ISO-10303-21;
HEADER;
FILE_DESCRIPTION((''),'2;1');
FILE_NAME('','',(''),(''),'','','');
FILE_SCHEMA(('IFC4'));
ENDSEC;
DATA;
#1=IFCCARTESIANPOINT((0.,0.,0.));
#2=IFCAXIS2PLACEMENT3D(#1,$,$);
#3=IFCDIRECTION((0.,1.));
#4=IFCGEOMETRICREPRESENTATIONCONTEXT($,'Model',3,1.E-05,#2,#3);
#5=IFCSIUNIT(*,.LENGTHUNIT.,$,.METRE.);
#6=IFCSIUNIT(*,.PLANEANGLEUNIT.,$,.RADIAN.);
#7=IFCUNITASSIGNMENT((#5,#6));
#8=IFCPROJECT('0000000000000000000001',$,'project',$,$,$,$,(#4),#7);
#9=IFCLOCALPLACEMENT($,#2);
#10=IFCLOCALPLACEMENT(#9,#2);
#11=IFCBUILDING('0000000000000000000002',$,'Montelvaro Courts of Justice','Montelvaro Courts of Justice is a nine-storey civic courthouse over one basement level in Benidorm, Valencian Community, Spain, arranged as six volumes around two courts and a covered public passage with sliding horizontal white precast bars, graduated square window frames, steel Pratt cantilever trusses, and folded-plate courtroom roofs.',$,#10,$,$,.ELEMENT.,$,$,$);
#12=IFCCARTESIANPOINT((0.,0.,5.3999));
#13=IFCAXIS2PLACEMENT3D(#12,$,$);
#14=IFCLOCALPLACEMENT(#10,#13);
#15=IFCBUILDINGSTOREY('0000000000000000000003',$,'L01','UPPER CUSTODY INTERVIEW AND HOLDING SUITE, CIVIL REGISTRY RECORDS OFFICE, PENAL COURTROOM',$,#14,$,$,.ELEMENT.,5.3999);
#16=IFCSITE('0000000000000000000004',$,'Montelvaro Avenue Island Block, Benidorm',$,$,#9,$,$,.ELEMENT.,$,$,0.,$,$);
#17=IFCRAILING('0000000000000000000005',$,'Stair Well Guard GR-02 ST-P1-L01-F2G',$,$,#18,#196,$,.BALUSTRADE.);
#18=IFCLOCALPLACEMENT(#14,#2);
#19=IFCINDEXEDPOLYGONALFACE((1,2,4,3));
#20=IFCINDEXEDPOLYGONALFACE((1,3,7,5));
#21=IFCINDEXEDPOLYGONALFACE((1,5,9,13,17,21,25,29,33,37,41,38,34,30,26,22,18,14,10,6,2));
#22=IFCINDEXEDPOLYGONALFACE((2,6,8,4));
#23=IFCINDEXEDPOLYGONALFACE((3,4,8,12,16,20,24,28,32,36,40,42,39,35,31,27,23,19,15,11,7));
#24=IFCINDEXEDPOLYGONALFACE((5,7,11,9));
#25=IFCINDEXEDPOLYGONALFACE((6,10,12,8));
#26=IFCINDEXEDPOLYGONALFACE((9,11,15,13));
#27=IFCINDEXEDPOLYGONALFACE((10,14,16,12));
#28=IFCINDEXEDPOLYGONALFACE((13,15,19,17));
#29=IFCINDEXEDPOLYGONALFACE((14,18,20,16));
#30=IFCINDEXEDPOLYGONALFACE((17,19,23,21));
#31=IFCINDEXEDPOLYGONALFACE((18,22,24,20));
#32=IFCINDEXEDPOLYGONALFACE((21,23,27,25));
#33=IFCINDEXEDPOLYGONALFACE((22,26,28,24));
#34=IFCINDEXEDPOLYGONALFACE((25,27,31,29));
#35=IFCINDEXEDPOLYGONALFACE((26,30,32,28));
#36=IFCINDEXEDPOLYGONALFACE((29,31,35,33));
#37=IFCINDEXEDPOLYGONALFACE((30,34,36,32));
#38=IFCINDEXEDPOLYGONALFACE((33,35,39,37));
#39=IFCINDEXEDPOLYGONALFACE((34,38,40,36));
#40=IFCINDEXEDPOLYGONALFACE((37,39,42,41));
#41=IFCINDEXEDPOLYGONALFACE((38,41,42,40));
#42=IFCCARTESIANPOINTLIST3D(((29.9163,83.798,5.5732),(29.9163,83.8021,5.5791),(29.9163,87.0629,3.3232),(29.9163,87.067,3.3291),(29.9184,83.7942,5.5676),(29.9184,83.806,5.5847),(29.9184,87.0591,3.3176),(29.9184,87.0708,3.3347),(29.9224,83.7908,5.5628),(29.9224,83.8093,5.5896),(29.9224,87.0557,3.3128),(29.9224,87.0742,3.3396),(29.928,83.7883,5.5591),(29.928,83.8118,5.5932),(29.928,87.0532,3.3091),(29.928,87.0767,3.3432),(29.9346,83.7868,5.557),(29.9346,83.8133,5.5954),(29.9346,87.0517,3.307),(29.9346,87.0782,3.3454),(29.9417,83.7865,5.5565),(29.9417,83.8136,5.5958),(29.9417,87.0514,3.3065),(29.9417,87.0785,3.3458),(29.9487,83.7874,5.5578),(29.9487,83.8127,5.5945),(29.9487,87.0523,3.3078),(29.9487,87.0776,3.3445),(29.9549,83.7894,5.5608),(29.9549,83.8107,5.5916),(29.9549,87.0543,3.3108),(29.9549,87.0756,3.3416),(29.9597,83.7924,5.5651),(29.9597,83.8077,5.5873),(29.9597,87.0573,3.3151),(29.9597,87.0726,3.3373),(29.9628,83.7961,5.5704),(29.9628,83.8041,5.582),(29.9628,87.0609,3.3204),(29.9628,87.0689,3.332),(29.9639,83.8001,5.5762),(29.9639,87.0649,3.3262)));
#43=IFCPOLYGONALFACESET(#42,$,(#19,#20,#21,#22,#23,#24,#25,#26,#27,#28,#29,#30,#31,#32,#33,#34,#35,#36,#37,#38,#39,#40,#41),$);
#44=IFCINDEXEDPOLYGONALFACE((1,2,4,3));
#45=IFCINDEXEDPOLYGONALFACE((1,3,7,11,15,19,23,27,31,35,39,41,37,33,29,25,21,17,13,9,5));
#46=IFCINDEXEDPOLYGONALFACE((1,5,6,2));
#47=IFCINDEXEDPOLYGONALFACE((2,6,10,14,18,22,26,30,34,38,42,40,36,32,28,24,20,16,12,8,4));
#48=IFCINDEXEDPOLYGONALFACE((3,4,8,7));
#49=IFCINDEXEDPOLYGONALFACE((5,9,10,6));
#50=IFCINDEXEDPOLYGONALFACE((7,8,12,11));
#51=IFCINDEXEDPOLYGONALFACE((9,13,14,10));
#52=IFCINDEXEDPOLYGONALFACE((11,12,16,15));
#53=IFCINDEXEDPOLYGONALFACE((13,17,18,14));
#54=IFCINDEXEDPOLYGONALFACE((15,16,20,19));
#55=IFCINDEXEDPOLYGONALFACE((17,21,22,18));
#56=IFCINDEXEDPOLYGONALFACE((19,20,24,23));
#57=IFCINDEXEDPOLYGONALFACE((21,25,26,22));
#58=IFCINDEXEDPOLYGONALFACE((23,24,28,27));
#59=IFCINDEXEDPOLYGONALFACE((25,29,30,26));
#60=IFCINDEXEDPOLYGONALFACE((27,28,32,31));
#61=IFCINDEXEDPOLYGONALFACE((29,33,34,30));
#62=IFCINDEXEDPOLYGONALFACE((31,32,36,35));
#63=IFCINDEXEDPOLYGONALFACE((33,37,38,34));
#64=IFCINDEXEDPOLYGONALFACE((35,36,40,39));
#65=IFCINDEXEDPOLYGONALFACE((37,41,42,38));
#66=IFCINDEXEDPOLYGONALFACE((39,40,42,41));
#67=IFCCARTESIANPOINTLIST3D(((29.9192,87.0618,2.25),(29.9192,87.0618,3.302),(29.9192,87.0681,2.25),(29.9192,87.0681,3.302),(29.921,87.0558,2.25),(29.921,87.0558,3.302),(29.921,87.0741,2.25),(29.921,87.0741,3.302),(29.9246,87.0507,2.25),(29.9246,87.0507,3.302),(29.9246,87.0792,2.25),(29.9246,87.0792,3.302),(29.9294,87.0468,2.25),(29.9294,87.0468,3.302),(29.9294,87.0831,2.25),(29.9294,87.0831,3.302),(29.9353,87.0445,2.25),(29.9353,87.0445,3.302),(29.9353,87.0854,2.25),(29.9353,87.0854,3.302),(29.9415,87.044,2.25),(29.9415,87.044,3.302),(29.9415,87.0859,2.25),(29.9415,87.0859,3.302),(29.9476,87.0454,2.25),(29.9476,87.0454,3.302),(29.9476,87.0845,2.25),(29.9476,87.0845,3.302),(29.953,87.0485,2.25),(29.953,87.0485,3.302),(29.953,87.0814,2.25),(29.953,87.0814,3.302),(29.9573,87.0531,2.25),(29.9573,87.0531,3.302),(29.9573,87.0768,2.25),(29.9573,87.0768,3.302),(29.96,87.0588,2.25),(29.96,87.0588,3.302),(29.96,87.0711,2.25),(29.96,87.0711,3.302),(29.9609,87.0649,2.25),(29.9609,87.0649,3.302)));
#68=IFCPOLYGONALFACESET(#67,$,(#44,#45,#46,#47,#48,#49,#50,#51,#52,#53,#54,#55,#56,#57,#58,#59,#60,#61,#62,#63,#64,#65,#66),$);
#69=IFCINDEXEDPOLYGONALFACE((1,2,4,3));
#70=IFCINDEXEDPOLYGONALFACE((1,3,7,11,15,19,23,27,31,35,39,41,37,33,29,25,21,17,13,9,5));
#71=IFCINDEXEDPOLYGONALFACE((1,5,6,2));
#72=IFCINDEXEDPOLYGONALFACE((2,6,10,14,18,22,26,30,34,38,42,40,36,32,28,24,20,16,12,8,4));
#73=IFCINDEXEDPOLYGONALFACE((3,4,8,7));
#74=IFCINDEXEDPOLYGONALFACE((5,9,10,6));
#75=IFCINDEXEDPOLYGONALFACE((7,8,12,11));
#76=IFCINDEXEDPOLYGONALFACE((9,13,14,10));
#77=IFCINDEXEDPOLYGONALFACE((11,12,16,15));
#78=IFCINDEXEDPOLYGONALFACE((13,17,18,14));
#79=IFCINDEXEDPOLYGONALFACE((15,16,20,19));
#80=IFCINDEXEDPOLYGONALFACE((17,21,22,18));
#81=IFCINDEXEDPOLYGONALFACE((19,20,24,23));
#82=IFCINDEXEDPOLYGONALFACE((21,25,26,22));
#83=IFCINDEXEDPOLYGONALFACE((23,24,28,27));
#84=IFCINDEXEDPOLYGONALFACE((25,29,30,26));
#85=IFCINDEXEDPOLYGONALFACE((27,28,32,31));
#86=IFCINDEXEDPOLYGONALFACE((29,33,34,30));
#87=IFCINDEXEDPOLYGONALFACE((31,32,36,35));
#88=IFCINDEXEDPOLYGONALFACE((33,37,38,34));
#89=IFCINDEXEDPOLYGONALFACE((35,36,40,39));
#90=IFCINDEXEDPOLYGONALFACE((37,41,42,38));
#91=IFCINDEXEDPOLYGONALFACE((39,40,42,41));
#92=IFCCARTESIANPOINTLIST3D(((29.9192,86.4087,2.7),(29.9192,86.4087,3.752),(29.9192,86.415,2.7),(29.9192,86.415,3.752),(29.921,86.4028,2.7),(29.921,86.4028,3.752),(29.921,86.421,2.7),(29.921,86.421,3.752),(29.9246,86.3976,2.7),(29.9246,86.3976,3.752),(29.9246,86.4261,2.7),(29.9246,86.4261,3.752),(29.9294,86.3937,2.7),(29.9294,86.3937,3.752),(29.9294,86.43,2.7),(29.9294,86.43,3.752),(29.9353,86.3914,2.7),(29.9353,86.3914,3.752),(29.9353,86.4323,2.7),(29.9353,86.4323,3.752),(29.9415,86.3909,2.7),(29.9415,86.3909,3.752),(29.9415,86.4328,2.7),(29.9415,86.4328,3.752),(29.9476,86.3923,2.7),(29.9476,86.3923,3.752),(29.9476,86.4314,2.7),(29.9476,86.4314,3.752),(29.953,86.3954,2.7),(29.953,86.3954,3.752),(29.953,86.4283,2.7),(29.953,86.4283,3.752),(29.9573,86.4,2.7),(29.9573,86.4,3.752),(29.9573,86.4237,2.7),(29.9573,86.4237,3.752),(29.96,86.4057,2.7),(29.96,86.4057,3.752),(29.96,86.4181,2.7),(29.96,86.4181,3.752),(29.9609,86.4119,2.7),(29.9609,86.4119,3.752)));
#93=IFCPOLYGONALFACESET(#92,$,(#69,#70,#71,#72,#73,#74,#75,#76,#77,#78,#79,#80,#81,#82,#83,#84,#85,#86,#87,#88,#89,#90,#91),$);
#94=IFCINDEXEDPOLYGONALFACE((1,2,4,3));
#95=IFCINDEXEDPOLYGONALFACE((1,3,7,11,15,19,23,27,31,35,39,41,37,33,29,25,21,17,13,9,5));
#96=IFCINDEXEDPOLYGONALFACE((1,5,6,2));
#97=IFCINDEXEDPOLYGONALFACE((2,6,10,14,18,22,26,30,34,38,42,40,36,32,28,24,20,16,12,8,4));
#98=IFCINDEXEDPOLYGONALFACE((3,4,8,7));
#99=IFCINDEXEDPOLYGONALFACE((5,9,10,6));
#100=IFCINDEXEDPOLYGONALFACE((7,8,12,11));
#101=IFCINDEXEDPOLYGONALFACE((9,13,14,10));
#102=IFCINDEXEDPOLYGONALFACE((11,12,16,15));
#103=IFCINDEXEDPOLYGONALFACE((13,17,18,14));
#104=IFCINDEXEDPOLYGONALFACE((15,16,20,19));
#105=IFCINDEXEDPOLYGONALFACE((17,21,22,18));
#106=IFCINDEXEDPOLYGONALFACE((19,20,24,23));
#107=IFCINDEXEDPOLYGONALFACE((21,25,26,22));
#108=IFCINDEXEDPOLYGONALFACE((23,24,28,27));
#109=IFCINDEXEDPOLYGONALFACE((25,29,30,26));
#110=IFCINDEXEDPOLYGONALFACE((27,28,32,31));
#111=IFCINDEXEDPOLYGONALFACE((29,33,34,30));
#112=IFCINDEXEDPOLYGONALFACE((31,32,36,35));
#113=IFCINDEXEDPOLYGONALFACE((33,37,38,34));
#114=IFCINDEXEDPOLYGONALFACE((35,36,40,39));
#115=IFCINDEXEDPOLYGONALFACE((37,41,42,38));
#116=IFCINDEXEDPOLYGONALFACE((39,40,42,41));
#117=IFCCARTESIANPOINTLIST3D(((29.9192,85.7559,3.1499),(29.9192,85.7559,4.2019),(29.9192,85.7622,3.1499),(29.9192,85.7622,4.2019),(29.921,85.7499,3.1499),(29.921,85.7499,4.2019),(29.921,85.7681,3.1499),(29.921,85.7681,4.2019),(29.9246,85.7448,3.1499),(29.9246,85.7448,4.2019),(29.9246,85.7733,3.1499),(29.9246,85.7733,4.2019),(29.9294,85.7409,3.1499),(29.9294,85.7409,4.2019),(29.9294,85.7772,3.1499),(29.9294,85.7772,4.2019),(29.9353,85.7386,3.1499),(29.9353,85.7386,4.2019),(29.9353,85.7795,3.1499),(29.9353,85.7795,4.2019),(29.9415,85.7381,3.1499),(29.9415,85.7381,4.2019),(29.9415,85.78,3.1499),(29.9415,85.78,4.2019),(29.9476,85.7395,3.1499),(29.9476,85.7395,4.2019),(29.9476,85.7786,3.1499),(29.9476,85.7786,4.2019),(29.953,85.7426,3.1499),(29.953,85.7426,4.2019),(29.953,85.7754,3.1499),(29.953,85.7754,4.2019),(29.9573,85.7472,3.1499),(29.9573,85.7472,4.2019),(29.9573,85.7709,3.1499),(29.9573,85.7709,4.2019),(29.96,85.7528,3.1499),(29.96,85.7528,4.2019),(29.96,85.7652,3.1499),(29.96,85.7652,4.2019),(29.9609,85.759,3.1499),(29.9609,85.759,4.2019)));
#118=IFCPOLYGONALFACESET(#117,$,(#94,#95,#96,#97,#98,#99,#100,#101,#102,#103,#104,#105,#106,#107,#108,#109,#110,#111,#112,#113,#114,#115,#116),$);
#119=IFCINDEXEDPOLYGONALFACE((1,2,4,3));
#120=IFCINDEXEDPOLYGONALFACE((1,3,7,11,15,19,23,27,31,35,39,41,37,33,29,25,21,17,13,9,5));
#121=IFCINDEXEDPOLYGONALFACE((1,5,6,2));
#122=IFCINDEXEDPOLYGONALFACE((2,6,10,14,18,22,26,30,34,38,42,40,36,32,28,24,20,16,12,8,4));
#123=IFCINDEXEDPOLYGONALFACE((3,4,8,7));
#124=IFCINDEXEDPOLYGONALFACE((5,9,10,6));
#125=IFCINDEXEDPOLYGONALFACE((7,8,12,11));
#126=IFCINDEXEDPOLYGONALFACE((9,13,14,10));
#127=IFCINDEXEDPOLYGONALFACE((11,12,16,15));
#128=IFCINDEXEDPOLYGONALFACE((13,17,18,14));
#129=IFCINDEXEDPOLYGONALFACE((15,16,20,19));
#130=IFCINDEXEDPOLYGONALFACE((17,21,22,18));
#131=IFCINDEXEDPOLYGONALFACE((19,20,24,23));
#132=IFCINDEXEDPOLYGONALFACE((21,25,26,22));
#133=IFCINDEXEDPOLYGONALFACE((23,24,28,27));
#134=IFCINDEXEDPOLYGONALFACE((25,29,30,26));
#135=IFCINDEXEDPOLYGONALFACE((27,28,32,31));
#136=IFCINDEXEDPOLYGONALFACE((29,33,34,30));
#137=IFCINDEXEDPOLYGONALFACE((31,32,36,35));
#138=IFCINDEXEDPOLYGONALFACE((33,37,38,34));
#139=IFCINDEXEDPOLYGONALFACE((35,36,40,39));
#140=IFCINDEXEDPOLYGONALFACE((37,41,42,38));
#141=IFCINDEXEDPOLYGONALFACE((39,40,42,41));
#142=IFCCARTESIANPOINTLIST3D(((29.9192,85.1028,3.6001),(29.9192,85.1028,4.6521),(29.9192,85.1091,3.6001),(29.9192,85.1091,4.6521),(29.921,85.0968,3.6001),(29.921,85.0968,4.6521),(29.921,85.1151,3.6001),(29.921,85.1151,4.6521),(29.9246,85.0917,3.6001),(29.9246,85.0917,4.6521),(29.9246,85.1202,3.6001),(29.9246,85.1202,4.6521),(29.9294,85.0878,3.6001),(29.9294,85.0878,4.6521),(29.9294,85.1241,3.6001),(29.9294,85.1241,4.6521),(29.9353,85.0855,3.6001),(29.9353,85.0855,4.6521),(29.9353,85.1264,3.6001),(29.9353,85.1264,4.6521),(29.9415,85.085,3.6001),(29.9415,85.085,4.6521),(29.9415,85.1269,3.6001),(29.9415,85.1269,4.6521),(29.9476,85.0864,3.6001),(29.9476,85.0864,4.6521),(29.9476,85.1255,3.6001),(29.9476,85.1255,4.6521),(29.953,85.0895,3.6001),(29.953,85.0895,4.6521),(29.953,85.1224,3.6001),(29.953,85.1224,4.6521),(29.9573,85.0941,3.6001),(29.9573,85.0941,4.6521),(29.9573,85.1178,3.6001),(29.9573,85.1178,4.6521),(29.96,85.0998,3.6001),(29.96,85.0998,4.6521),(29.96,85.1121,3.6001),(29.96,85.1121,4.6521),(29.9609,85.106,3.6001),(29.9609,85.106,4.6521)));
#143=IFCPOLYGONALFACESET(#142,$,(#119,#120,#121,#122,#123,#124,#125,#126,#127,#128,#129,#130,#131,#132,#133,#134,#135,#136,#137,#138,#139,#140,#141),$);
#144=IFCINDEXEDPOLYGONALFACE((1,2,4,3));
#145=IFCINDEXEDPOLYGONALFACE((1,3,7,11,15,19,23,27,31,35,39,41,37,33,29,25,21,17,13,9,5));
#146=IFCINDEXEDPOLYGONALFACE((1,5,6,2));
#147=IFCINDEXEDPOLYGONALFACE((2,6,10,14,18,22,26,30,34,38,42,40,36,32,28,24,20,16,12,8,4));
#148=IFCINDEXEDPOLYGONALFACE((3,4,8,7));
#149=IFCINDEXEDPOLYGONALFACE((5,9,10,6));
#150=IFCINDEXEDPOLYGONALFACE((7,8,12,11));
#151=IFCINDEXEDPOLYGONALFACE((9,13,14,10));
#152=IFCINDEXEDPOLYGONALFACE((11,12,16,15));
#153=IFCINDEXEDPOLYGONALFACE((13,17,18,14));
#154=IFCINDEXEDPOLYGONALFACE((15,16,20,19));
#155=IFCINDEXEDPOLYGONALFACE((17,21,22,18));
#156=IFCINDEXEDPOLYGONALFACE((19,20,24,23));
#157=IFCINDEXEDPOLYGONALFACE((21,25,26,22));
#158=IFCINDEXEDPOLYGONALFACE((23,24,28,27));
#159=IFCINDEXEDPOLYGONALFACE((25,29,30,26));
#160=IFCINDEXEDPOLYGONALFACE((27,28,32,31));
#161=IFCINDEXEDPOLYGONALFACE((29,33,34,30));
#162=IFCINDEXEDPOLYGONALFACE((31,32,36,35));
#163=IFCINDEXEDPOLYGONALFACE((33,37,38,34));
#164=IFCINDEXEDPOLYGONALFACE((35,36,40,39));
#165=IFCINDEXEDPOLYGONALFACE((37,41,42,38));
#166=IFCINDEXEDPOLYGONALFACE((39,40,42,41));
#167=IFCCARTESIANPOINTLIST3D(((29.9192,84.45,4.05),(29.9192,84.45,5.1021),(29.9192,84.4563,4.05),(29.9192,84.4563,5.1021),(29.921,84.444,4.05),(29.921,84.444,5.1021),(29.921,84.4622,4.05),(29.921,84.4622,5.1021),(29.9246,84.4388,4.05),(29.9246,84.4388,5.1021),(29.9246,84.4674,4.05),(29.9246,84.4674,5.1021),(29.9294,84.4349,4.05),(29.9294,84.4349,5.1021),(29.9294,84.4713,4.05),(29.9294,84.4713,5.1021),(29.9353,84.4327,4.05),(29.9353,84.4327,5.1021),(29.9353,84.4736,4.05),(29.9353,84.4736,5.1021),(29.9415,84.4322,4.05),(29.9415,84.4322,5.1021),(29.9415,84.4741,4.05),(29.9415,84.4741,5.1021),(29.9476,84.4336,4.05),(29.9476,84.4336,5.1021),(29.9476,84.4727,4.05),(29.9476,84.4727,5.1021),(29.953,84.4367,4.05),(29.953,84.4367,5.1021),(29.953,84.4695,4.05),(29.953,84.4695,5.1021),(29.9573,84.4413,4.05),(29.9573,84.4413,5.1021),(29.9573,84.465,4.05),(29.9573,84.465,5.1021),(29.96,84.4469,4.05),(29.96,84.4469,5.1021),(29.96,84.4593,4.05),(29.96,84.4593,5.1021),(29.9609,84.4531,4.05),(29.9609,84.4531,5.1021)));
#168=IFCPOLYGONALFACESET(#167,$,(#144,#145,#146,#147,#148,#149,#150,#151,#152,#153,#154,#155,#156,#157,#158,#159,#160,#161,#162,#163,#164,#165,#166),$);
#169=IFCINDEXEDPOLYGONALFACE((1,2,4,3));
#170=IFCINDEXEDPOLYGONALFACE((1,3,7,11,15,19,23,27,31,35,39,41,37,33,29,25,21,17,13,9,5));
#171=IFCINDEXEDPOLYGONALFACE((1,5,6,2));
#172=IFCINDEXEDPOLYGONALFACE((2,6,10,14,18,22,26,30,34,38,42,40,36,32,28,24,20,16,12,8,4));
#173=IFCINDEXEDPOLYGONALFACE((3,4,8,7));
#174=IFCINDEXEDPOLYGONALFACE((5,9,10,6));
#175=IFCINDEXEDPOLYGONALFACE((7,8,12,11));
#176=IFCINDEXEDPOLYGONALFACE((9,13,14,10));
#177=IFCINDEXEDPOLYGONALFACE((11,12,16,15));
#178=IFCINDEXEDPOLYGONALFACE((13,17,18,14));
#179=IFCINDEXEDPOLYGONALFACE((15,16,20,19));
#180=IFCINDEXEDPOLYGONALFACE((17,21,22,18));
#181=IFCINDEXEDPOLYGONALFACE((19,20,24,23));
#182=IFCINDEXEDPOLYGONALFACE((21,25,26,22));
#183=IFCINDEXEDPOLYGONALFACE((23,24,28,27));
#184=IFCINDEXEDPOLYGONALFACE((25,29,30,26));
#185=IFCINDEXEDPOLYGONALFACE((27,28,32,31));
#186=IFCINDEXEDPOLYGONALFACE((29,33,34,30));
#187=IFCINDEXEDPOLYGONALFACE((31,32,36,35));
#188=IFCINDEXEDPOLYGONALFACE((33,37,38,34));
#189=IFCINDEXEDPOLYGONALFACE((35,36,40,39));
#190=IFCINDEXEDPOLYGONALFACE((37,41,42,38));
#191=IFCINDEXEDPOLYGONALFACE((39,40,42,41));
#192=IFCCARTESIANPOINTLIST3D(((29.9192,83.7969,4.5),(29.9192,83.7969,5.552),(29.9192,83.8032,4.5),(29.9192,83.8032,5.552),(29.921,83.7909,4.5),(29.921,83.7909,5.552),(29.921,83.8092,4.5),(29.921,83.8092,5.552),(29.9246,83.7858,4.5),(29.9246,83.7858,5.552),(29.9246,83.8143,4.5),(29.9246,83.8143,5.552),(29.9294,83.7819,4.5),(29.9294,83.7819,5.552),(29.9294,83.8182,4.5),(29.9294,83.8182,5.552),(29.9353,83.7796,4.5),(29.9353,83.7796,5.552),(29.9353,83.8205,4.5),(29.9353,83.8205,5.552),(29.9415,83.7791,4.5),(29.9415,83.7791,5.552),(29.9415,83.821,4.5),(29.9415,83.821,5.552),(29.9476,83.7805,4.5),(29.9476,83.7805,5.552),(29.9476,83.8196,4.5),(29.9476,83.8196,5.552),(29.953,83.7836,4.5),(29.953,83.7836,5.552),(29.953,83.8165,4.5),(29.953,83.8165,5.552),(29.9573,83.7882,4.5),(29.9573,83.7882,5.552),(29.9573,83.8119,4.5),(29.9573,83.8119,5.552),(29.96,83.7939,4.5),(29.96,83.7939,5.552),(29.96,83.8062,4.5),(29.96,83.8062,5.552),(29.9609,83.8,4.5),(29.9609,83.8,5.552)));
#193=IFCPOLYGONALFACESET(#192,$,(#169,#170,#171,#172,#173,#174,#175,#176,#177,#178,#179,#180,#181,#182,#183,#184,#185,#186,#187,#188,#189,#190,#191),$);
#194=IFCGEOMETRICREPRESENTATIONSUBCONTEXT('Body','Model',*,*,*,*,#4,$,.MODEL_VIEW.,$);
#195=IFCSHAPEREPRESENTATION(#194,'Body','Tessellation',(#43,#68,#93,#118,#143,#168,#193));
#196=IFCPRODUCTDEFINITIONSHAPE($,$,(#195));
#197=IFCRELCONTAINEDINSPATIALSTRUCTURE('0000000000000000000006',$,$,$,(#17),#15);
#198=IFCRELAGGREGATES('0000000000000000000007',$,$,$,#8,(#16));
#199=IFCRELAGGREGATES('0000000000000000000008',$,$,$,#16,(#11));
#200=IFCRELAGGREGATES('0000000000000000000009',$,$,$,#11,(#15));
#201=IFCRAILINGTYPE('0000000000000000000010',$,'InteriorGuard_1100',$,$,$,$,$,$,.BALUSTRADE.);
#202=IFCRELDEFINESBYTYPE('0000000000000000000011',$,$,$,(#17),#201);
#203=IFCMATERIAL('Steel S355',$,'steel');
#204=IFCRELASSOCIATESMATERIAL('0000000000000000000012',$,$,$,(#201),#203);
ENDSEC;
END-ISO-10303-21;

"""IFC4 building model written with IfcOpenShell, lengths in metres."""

from ifc_helpers import new_model, si_unit, direction, frame, origin, origin_2d, place, context, subcontext, project, spatial, circle, extrude, material, type_object, element, save


model = new_model("IFC4")

# Units and contexts
model_context = context("Model", 3, precision=1e-05, world=origin(), true_north=direction((0.0, 1.0)))
body_context = subcontext(model_context, "Body", "Model", "MODEL_VIEW")
ifc_project = project(units=[si_unit("LENGTHUNIT", "METRE"), si_unit("PLANEANGLEUNIT", "RADIAN")], contexts=[model_context])

# Site, building, storey
site_placement = place(None, origin())
site = spatial("IfcSite", under=ifc_project, at=site_placement, Name="Montelvaro Avenue Island Block, Benidorm", CompositionType="ELEMENT", RefElevation=0.0)
building_placement = place(site_placement, origin())
building = spatial("IfcBuilding", under=site, at=building_placement, Name="Montelvaro Courts of Justice", Description="Montelvaro Courts of Justice is a nine-storey civic courthouse over one basement level in Benidorm, Valencian Community, Spain, arranged as six volumes around two courts and a covered public passage with sliding horizontal white precast bars, graduated square window frames, steel Pratt cantilever trusses, and folded-plate courtroom roofs.", CompositionType="ELEMENT")
storey_placement = place(building_placement, frame((0.0, 0.0, 5.3999)))
storey = spatial("IfcBuildingStorey", under=building, at=storey_placement, Name="L01", Description="UPPER CUSTODY INTERVIEW AND HOLDING SUITE, CIVIL REGISTRY RECORDS OFFICE, PENAL COURTROOM", CompositionType="ELEMENT", Elevation=5.3999)

# Shared definitions
ifc_material_1 = material(Name="Steel S355", Category="steel")

# Railing
railing_type_1 = type_object("IfcRailingType", Name="InteriorGuard_1100", PredefinedType="BALUSTRADE", material=ifc_material_1)
railing_1_placement = place(storey_placement, frame((29.9399, 87.0649, 2.25)))
element("IfcRailing", 1, at=railing_1_placement, inside=storey, type_object=railing_type_1, Name="Stair Well Guard GR-02 ST-P1-L01-F2G", PredefinedType="BALUSTRADE", context=body_context, shape_type="SweptSolid", body=[
    extrude(circle(Radius=0.0239, at=origin_2d()), frame((0.0, 0.0, 1.0762), z_axis=(0.0, -0.823407, 0.567451), x_axis=(1.0, 0.0, 0.0)), (0.0, 0.0, 1.0), 3.9651),
    extrude(circle(Radius=0.021, at=origin_2d()), origin(), (0.0, 0.0, 1.0), 1.052),
    extrude(circle(Radius=0.021, at=origin_2d()), frame((0.0, -0.6531, 0.45)), (0.0, 0.0, 1.0), 1.052),
    extrude(circle(Radius=0.021, at=origin_2d()), frame((0.0, -1.3059, 0.8999)), (0.0, 0.0, 1.0), 1.052),
    extrude(circle(Radius=0.021, at=origin_2d()), frame((0.0, -1.959, 1.3501)), (0.0, 0.0, 1.0), 1.052),
    extrude(circle(Radius=0.021, at=origin_2d()), frame((0.0, -2.6118, 1.8)), (0.0, 0.0, 1.0), 1.052),
    extrude(circle(Radius=0.021, at=origin_2d()), frame((0.0, -3.2649, 2.25)), (0.0, 0.0, 1.0), 1.052),
])

save(model, "model.ifc")
